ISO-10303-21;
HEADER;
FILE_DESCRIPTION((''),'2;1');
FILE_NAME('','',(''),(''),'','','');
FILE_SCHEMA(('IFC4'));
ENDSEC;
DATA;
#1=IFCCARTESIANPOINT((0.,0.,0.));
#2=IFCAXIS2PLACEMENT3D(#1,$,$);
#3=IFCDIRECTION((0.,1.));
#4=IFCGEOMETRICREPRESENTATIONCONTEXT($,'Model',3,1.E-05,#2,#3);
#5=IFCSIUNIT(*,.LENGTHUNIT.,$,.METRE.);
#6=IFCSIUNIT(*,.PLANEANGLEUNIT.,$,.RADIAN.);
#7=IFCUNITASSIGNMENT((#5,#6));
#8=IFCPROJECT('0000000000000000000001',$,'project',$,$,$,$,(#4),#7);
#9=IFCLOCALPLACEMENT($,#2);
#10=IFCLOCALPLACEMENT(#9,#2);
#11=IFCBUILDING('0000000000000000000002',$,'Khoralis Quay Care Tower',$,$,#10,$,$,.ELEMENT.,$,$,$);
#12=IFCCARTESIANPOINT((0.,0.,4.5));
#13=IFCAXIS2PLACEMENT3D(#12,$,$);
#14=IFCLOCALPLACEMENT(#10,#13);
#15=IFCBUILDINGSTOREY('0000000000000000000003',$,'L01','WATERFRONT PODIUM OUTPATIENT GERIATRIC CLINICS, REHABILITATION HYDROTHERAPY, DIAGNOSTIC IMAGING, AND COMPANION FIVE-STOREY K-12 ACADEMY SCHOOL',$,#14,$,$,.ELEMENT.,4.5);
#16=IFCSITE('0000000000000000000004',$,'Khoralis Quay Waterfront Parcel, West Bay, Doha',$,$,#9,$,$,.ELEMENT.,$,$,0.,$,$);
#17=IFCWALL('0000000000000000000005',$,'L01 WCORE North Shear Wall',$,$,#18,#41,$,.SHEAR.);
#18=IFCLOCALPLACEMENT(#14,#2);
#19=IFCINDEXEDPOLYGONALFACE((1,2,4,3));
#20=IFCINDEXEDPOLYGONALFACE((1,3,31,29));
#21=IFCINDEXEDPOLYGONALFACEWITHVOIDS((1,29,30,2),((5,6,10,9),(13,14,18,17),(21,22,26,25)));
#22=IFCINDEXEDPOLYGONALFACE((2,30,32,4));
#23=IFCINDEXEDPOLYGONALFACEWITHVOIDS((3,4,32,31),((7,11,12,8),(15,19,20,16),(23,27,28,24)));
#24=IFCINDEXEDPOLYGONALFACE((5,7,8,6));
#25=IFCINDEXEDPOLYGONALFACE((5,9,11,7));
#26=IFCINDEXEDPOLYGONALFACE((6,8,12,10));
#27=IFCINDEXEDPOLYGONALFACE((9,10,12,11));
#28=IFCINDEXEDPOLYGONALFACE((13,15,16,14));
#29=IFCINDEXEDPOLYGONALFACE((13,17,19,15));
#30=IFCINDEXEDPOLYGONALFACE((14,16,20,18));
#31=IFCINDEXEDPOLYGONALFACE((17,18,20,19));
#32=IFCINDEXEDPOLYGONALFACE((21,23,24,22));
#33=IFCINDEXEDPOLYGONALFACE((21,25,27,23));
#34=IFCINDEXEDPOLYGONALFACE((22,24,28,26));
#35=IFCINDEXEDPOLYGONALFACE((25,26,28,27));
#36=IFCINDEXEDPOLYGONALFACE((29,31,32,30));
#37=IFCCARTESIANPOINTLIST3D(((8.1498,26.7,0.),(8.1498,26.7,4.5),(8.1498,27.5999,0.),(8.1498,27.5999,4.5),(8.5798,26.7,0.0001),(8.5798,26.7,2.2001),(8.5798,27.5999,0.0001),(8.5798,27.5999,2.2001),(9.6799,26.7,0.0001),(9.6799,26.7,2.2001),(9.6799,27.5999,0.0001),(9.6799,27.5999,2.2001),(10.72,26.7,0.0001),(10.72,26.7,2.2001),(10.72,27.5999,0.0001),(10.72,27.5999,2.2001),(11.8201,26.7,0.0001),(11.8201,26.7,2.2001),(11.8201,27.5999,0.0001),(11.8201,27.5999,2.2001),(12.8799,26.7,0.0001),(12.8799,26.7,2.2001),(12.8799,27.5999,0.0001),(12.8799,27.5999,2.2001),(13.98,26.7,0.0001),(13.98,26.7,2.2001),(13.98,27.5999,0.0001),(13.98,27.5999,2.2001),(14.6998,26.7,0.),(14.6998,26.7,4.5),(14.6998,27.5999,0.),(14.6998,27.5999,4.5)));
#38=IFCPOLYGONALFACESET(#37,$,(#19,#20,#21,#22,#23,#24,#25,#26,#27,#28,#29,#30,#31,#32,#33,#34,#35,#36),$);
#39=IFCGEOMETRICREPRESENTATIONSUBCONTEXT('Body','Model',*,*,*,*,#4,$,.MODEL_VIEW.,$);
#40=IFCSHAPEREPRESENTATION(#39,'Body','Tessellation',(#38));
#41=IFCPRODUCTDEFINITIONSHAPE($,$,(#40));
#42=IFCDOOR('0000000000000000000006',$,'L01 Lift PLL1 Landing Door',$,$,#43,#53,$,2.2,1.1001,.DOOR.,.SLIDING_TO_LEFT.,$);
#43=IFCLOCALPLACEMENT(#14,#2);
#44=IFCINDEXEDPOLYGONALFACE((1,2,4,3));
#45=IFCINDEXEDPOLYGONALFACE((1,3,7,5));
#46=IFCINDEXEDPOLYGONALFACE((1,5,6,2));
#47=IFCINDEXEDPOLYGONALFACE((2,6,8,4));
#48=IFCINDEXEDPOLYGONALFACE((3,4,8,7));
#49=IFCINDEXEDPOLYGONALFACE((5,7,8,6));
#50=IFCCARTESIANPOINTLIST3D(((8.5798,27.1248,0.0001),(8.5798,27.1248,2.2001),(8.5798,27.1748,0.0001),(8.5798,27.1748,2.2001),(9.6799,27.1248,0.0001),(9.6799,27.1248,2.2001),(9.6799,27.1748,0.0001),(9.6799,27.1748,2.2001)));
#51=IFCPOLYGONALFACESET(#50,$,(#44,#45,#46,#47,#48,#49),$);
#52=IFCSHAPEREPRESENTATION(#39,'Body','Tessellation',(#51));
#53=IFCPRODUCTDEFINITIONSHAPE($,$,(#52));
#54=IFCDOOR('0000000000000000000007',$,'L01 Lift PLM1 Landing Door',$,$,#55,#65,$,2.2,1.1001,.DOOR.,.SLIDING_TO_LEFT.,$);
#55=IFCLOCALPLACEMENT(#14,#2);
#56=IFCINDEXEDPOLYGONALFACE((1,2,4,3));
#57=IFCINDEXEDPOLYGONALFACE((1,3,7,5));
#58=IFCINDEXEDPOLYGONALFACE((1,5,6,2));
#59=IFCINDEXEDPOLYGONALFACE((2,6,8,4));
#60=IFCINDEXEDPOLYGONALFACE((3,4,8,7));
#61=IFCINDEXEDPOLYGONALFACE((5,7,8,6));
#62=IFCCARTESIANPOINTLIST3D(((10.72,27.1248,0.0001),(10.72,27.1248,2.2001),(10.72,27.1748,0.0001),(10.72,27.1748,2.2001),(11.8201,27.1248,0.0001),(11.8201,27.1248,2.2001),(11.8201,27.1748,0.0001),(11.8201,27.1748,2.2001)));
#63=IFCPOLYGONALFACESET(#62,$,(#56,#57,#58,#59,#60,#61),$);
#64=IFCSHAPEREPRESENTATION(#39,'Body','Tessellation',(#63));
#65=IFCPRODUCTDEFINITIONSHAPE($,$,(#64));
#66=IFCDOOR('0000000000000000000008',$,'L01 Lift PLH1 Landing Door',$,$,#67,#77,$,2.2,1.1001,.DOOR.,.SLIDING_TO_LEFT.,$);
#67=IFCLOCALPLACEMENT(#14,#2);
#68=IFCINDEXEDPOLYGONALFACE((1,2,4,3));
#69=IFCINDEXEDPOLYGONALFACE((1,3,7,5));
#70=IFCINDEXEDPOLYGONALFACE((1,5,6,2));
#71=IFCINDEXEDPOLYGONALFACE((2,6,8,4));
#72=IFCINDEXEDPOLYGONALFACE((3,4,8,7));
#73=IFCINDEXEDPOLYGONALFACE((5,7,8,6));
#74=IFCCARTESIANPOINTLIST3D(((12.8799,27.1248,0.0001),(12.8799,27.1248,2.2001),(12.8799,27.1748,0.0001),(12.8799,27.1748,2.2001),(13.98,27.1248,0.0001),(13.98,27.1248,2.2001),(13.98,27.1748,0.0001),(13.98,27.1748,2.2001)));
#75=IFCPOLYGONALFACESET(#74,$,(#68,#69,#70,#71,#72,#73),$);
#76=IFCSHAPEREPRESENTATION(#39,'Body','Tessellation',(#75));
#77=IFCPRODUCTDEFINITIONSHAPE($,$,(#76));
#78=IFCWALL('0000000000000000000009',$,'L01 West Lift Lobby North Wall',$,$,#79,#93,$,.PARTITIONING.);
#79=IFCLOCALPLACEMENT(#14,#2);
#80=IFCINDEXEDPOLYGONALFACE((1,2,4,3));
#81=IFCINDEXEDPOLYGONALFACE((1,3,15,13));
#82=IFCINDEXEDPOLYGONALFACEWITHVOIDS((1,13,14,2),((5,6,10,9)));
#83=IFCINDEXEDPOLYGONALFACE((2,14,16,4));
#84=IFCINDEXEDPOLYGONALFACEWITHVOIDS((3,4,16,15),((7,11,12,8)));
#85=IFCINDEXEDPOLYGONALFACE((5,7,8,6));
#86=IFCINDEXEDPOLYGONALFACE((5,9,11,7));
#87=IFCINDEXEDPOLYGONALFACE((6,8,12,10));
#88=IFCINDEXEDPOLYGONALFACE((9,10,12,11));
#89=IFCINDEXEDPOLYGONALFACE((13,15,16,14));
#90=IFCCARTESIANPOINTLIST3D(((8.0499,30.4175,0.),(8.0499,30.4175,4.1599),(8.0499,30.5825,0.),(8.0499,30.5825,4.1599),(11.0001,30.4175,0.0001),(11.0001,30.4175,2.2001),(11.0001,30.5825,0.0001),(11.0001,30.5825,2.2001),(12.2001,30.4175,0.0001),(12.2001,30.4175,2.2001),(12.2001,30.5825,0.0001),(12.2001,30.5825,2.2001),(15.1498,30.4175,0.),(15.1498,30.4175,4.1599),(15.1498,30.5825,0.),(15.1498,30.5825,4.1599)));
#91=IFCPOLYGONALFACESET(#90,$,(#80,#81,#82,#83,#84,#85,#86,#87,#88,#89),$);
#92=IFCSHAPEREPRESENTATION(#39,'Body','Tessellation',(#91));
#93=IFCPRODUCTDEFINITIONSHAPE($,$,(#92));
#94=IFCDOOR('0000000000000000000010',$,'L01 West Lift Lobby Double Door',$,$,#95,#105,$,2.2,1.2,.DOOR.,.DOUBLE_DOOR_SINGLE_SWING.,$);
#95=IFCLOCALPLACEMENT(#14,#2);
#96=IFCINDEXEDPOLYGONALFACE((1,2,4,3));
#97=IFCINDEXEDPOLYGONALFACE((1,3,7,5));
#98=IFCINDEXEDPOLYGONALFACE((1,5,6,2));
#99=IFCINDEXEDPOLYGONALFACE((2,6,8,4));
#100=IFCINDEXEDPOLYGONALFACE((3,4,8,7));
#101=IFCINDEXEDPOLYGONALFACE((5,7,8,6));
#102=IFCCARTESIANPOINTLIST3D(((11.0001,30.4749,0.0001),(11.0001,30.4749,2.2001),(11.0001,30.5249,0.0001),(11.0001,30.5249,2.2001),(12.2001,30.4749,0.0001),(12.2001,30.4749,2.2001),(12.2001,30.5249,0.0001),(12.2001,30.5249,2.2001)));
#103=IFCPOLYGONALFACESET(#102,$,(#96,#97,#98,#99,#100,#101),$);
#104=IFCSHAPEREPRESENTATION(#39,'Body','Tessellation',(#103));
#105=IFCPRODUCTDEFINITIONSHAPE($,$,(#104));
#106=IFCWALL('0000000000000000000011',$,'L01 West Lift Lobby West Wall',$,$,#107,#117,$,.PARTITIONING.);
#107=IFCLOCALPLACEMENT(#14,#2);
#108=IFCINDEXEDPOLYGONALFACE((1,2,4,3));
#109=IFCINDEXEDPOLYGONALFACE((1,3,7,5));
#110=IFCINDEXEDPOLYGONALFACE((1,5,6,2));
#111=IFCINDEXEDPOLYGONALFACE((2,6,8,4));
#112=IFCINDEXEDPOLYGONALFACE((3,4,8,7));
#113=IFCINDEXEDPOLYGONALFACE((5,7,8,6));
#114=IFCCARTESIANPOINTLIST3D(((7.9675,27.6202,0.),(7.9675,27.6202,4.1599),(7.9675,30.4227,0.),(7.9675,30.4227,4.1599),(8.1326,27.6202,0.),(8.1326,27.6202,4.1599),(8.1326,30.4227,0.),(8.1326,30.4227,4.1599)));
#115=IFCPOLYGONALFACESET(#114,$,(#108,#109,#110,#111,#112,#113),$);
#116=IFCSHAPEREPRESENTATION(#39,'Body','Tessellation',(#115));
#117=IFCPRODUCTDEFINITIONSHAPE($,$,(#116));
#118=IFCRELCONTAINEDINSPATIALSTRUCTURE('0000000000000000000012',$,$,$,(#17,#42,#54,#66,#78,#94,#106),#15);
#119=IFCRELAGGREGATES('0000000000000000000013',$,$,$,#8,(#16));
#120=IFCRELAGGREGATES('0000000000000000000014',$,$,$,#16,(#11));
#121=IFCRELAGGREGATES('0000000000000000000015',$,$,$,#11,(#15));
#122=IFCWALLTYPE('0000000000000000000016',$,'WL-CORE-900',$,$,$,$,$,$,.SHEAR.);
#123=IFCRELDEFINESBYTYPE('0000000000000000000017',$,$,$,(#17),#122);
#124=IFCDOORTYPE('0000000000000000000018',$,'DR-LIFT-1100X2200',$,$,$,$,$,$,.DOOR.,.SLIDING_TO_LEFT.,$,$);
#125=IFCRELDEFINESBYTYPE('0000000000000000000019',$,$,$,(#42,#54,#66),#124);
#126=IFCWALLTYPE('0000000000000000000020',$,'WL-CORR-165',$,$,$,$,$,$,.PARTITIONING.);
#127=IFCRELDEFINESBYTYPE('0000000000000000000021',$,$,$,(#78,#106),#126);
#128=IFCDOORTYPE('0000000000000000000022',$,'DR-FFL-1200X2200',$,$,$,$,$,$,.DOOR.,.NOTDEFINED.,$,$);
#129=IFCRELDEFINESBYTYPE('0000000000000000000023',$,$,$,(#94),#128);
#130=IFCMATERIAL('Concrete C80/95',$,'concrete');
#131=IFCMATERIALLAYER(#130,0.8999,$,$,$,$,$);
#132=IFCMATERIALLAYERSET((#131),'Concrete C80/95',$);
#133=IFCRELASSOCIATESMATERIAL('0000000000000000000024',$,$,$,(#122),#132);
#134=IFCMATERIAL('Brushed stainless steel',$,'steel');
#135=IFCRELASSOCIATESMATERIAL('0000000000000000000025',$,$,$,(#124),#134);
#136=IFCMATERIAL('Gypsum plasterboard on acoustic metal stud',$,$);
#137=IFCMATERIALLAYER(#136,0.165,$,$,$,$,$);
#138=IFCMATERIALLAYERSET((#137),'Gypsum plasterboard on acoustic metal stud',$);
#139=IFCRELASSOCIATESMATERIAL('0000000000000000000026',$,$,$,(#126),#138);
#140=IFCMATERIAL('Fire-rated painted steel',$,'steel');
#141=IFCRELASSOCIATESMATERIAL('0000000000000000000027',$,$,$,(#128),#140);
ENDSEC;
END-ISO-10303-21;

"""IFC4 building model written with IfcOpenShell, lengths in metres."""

from ifc_helpers import new_model, si_unit, direction, frame, frame_2d, origin, place, context, subcontext, project, spatial, rectangle, extrude, source, transform, mapped, material, layer, layer_set, type_object, element, fill, save


model = new_model("IFC4")

# Units and contexts
model_context = context("Model", 3, precision=1e-05, world=origin(), true_north=direction((0.0, 1.0)))
body_context = subcontext(model_context, "Body", "Model", "MODEL_VIEW")
ifc_project = project(units=[si_unit("LENGTHUNIT", "METRE"), si_unit("PLANEANGLEUNIT", "RADIAN")], contexts=[model_context])

# Site, building, storey
site_placement = place(None, origin())
site = spatial("IfcSite", under=ifc_project, at=site_placement, Name="Khoralis Quay Waterfront Parcel, West Bay, Doha", CompositionType="ELEMENT", RefElevation=0.0)
building_placement = place(site_placement, origin())
building = spatial("IfcBuilding", under=site, at=building_placement, Name="Khoralis Quay Care Tower", CompositionType="ELEMENT")
storey_placement = place(building_placement, frame((0.0, 0.0, 4.5)))
storey = spatial("IfcBuildingStorey", under=building, at=storey_placement, Name="L01", Description="WATERFRONT PODIUM OUTPATIENT GERIATRIC CLINICS, REHABILITATION HYDROTHERAPY, DIAGNOSTIC IMAGING, AND COMPANION FIVE-STOREY K-12 ACADEMY SCHOOL", CompositionType="ELEMENT", Elevation=4.5)

# Shared definitions
ifc_material_1 = material(Name="Concrete C80/95", Category="concrete")

# Wall, openings, doors
ifc_layer_1 = layer(ifc_material_1, 0.8999)
ifc_layer_set_1 = layer_set([ifc_layer_1], Name="Concrete C80/95")
wall_type_1 = type_object("IfcWallType", Name="WL-CORE-900", PredefinedType="SHEAR", material=ifc_layer_set_1)
wall_1_placement = place(storey_placement, frame((8.1499, 27.1499, 0.0), z_axis=(0.0, 0.0, 1.0), x_axis=(1.0, 0.0, 0.0)))
wall_1 = element("IfcWall", 1, at=wall_1_placement, inside=storey, type_object=wall_type_1, Name="L01 WCORE North Shear Wall", PredefinedType="SHEAR", context=body_context, shape_type="SweptSolid", body=[
    extrude(rectangle(XDim=6.55, YDim=0.8999, at=frame_2d((3.2749, 0.0))), origin(), (0.0, 0.0, 1.0), 4.5),
])
opening_1_placement = place(wall_1_placement, frame((0.4299, 0.0, 0.0)))
opening_1 = element("IfcOpeningElement", 2, at=opening_1_placement, cuts=wall_1, PredefinedType="OPENING", context=body_context, shape_type="SweptSolid", body=[
    extrude(rectangle(XDim=1.1001, YDim=2.2, at=frame_2d((0.55, 1.1001))), frame((0.0, 0.46, 0.0), z_axis=(0.0, -1.0, 0.0), x_axis=(1.0, 0.0, 0.0)), (0.0, 0.0, 1.0), 0.9199),
])
opening_2_placement = place(wall_1_placement, frame((2.5701, 0.0, 0.0)))
opening_2 = element("IfcOpeningElement", 3, at=opening_2_placement, cuts=wall_1, PredefinedType="OPENING", context=body_context, shape_type="SweptSolid", body=[
    extrude(rectangle(XDim=1.1001, YDim=2.2, at=frame_2d((0.55, 1.1001))), frame((0.0, 0.46, 0.0), z_axis=(0.0, -1.0, 0.0), x_axis=(1.0, 0.0, 0.0)), (0.0, 0.0, 1.0), 0.9199),
])
opening_3_placement = place(wall_1_placement, frame((4.73, 0.0, 0.0)))
opening_3 = element("IfcOpeningElement", 4, at=opening_3_placement, cuts=wall_1, PredefinedType="OPENING", context=body_context, shape_type="SweptSolid", body=[
    extrude(rectangle(XDim=1.1001, YDim=2.2, at=frame_2d((0.55, 1.1001))), frame((0.0, 0.46, 0.0), z_axis=(0.0, -1.0, 0.0), x_axis=(1.0, 0.0, 0.0)), (0.0, 0.0, 1.0), 0.9199),
])
ifc_material_2 = material(Name="Brushed stainless steel", Category="steel")
door_type_1 = type_object("IfcDoorType", Name="DR-LIFT-1100X2200", OperationType="SLIDING_TO_LEFT", PredefinedType="DOOR", material=ifc_material_2)
shared_shape_1 = source(origin(), body_context, "Body", "SweptSolid", [
    extrude(rectangle(XDim=1.1001, YDim=2.2, at=frame_2d((0.55, 1.1001))), frame((0.0, 0.0249, 0.0), z_axis=(0.0, -1.0, 0.0), x_axis=(1.0, 0.0, 0.0)), (0.0, 0.0, 1.0), 0.05),
])
door_1_placement = place(opening_1_placement, origin())
door_1 = element("IfcDoor", 5, at=door_1_placement, inside=storey, type_object=door_type_1, Name="L01 Lift PLL1 Landing Door", OperationType="SLIDING_TO_LEFT", OverallHeight=2.2, OverallWidth=1.1001, PredefinedType="DOOR", context=body_context, shape_type="MappedRepresentation", body=[
    mapped(shared_shape_1, transform((0.0, 0.0, 0.0), scale=1.0)),
])
fill(opening_1, door_1)
door_2_placement = place(opening_2_placement, origin())
door_2 = element("IfcDoor", 6, at=door_2_placement, inside=storey, type_object=door_type_1, Name="L01 Lift PLM1 Landing Door", OperationType="SLIDING_TO_LEFT", OverallHeight=2.2, OverallWidth=1.1001, PredefinedType="DOOR", context=body_context, shape_type="MappedRepresentation", body=[
    mapped(shared_shape_1, transform((0.0, 0.0, 0.0), scale=1.0)),
])
fill(opening_2, door_2)
door_3_placement = place(opening_3_placement, origin())
door_3 = element("IfcDoor", 7, at=door_3_placement, inside=storey, type_object=door_type_1, Name="L01 Lift PLH1 Landing Door", OperationType="SLIDING_TO_LEFT", OverallHeight=2.2, OverallWidth=1.1001, PredefinedType="DOOR", context=body_context, shape_type="MappedRepresentation", body=[
    mapped(shared_shape_1, transform((0.0, 0.0, 0.0), scale=1.0)),
])
fill(opening_3, door_3)

# Wall, opening, door
ifc_material_3 = material(Name="Gypsum plasterboard on acoustic metal stud")
ifc_layer_2 = layer(ifc_material_3, 0.165)
ifc_layer_set_2 = layer_set([ifc_layer_2], Name="Gypsum plasterboard on acoustic metal stud")
wall_type_2 = type_object("IfcWallType", Name="WL-CORR-165", PredefinedType="PARTITIONING", material=ifc_layer_set_2)
wall_2_placement = place(storey_placement, frame((8.05, 30.5, 0.0), z_axis=(0.0, 0.0, 1.0), x_axis=(1.0, 0.0, 0.0)))
wall_2 = element("IfcWall", 8, at=wall_2_placement, inside=storey, type_object=wall_type_2, Name="L01 West Lift Lobby North Wall", PredefinedType="PARTITIONING", context=body_context, shape_type="SweptSolid", body=[
    extrude(rectangle(XDim=7.0999, YDim=0.165, at=frame_2d((3.5498, 0.0))), origin(), (0.0, 0.0, 1.0), 4.1599),
])
opening_4_placement = place(wall_2_placement, frame((2.95, 0.0, 0.0)))
opening_4 = element("IfcOpeningElement", 9, at=opening_4_placement, cuts=wall_2, PredefinedType="OPENING", context=body_context, shape_type="SweptSolid", body=[
    extrude(rectangle(XDim=1.2, YDim=2.2, at=frame_2d((0.6001, 1.1001))), frame((0.0, 0.0925, 0.0), z_axis=(0.0, -1.0, 0.0), x_axis=(1.0, 0.0, 0.0)), (0.0, 0.0, 1.0), 0.1851),
])
ifc_material_4 = material(Name="Fire-rated painted steel", Category="steel")
door_type_2 = type_object("IfcDoorType", Name="DR-FFL-1200X2200", OperationType="NOTDEFINED", PredefinedType="DOOR", material=ifc_material_4)
shared_shape_2 = source(origin(), body_context, "Body", "SweptSolid", [
    extrude(rectangle(XDim=1.2, YDim=2.2, at=frame_2d((0.6001, 1.1001))), frame((0.0, 0.0249, 0.0), z_axis=(0.0, -1.0, 0.0), x_axis=(1.0, 0.0, 0.0)), (0.0, 0.0, 1.0), 0.05),
])
door_4_placement = place(opening_4_placement, origin())
door_4 = element("IfcDoor", 10, at=door_4_placement, inside=storey, type_object=door_type_2, Name="L01 West Lift Lobby Double Door", OperationType="DOUBLE_DOOR_SINGLE_SWING", OverallHeight=2.2, OverallWidth=1.2, PredefinedType="DOOR", context=body_context, shape_type="MappedRepresentation", body=[
    mapped(shared_shape_2, transform((0.0, 0.0, 0.0), scale=1.0)),
])
fill(opening_4, door_4)

# Wall
wall_3_placement = place(storey_placement, frame((8.05, 27.6201, 0.0), z_axis=(0.0, 0.0, 1.0), x_axis=(0.0, 1.0, 0.0)))
element("IfcWall", 11, at=wall_3_placement, inside=storey, type_object=wall_type_2, Name="L01 West Lift Lobby West Wall", PredefinedType="PARTITIONING", context=body_context, shape_type="SweptSolid", body=[
    extrude(rectangle(XDim=2.8025, YDim=0.165, at=frame_2d((1.4014, 0.0))), origin(), (0.0, 0.0, 1.0), 4.1599),
])

save(model, "model.ifc")
